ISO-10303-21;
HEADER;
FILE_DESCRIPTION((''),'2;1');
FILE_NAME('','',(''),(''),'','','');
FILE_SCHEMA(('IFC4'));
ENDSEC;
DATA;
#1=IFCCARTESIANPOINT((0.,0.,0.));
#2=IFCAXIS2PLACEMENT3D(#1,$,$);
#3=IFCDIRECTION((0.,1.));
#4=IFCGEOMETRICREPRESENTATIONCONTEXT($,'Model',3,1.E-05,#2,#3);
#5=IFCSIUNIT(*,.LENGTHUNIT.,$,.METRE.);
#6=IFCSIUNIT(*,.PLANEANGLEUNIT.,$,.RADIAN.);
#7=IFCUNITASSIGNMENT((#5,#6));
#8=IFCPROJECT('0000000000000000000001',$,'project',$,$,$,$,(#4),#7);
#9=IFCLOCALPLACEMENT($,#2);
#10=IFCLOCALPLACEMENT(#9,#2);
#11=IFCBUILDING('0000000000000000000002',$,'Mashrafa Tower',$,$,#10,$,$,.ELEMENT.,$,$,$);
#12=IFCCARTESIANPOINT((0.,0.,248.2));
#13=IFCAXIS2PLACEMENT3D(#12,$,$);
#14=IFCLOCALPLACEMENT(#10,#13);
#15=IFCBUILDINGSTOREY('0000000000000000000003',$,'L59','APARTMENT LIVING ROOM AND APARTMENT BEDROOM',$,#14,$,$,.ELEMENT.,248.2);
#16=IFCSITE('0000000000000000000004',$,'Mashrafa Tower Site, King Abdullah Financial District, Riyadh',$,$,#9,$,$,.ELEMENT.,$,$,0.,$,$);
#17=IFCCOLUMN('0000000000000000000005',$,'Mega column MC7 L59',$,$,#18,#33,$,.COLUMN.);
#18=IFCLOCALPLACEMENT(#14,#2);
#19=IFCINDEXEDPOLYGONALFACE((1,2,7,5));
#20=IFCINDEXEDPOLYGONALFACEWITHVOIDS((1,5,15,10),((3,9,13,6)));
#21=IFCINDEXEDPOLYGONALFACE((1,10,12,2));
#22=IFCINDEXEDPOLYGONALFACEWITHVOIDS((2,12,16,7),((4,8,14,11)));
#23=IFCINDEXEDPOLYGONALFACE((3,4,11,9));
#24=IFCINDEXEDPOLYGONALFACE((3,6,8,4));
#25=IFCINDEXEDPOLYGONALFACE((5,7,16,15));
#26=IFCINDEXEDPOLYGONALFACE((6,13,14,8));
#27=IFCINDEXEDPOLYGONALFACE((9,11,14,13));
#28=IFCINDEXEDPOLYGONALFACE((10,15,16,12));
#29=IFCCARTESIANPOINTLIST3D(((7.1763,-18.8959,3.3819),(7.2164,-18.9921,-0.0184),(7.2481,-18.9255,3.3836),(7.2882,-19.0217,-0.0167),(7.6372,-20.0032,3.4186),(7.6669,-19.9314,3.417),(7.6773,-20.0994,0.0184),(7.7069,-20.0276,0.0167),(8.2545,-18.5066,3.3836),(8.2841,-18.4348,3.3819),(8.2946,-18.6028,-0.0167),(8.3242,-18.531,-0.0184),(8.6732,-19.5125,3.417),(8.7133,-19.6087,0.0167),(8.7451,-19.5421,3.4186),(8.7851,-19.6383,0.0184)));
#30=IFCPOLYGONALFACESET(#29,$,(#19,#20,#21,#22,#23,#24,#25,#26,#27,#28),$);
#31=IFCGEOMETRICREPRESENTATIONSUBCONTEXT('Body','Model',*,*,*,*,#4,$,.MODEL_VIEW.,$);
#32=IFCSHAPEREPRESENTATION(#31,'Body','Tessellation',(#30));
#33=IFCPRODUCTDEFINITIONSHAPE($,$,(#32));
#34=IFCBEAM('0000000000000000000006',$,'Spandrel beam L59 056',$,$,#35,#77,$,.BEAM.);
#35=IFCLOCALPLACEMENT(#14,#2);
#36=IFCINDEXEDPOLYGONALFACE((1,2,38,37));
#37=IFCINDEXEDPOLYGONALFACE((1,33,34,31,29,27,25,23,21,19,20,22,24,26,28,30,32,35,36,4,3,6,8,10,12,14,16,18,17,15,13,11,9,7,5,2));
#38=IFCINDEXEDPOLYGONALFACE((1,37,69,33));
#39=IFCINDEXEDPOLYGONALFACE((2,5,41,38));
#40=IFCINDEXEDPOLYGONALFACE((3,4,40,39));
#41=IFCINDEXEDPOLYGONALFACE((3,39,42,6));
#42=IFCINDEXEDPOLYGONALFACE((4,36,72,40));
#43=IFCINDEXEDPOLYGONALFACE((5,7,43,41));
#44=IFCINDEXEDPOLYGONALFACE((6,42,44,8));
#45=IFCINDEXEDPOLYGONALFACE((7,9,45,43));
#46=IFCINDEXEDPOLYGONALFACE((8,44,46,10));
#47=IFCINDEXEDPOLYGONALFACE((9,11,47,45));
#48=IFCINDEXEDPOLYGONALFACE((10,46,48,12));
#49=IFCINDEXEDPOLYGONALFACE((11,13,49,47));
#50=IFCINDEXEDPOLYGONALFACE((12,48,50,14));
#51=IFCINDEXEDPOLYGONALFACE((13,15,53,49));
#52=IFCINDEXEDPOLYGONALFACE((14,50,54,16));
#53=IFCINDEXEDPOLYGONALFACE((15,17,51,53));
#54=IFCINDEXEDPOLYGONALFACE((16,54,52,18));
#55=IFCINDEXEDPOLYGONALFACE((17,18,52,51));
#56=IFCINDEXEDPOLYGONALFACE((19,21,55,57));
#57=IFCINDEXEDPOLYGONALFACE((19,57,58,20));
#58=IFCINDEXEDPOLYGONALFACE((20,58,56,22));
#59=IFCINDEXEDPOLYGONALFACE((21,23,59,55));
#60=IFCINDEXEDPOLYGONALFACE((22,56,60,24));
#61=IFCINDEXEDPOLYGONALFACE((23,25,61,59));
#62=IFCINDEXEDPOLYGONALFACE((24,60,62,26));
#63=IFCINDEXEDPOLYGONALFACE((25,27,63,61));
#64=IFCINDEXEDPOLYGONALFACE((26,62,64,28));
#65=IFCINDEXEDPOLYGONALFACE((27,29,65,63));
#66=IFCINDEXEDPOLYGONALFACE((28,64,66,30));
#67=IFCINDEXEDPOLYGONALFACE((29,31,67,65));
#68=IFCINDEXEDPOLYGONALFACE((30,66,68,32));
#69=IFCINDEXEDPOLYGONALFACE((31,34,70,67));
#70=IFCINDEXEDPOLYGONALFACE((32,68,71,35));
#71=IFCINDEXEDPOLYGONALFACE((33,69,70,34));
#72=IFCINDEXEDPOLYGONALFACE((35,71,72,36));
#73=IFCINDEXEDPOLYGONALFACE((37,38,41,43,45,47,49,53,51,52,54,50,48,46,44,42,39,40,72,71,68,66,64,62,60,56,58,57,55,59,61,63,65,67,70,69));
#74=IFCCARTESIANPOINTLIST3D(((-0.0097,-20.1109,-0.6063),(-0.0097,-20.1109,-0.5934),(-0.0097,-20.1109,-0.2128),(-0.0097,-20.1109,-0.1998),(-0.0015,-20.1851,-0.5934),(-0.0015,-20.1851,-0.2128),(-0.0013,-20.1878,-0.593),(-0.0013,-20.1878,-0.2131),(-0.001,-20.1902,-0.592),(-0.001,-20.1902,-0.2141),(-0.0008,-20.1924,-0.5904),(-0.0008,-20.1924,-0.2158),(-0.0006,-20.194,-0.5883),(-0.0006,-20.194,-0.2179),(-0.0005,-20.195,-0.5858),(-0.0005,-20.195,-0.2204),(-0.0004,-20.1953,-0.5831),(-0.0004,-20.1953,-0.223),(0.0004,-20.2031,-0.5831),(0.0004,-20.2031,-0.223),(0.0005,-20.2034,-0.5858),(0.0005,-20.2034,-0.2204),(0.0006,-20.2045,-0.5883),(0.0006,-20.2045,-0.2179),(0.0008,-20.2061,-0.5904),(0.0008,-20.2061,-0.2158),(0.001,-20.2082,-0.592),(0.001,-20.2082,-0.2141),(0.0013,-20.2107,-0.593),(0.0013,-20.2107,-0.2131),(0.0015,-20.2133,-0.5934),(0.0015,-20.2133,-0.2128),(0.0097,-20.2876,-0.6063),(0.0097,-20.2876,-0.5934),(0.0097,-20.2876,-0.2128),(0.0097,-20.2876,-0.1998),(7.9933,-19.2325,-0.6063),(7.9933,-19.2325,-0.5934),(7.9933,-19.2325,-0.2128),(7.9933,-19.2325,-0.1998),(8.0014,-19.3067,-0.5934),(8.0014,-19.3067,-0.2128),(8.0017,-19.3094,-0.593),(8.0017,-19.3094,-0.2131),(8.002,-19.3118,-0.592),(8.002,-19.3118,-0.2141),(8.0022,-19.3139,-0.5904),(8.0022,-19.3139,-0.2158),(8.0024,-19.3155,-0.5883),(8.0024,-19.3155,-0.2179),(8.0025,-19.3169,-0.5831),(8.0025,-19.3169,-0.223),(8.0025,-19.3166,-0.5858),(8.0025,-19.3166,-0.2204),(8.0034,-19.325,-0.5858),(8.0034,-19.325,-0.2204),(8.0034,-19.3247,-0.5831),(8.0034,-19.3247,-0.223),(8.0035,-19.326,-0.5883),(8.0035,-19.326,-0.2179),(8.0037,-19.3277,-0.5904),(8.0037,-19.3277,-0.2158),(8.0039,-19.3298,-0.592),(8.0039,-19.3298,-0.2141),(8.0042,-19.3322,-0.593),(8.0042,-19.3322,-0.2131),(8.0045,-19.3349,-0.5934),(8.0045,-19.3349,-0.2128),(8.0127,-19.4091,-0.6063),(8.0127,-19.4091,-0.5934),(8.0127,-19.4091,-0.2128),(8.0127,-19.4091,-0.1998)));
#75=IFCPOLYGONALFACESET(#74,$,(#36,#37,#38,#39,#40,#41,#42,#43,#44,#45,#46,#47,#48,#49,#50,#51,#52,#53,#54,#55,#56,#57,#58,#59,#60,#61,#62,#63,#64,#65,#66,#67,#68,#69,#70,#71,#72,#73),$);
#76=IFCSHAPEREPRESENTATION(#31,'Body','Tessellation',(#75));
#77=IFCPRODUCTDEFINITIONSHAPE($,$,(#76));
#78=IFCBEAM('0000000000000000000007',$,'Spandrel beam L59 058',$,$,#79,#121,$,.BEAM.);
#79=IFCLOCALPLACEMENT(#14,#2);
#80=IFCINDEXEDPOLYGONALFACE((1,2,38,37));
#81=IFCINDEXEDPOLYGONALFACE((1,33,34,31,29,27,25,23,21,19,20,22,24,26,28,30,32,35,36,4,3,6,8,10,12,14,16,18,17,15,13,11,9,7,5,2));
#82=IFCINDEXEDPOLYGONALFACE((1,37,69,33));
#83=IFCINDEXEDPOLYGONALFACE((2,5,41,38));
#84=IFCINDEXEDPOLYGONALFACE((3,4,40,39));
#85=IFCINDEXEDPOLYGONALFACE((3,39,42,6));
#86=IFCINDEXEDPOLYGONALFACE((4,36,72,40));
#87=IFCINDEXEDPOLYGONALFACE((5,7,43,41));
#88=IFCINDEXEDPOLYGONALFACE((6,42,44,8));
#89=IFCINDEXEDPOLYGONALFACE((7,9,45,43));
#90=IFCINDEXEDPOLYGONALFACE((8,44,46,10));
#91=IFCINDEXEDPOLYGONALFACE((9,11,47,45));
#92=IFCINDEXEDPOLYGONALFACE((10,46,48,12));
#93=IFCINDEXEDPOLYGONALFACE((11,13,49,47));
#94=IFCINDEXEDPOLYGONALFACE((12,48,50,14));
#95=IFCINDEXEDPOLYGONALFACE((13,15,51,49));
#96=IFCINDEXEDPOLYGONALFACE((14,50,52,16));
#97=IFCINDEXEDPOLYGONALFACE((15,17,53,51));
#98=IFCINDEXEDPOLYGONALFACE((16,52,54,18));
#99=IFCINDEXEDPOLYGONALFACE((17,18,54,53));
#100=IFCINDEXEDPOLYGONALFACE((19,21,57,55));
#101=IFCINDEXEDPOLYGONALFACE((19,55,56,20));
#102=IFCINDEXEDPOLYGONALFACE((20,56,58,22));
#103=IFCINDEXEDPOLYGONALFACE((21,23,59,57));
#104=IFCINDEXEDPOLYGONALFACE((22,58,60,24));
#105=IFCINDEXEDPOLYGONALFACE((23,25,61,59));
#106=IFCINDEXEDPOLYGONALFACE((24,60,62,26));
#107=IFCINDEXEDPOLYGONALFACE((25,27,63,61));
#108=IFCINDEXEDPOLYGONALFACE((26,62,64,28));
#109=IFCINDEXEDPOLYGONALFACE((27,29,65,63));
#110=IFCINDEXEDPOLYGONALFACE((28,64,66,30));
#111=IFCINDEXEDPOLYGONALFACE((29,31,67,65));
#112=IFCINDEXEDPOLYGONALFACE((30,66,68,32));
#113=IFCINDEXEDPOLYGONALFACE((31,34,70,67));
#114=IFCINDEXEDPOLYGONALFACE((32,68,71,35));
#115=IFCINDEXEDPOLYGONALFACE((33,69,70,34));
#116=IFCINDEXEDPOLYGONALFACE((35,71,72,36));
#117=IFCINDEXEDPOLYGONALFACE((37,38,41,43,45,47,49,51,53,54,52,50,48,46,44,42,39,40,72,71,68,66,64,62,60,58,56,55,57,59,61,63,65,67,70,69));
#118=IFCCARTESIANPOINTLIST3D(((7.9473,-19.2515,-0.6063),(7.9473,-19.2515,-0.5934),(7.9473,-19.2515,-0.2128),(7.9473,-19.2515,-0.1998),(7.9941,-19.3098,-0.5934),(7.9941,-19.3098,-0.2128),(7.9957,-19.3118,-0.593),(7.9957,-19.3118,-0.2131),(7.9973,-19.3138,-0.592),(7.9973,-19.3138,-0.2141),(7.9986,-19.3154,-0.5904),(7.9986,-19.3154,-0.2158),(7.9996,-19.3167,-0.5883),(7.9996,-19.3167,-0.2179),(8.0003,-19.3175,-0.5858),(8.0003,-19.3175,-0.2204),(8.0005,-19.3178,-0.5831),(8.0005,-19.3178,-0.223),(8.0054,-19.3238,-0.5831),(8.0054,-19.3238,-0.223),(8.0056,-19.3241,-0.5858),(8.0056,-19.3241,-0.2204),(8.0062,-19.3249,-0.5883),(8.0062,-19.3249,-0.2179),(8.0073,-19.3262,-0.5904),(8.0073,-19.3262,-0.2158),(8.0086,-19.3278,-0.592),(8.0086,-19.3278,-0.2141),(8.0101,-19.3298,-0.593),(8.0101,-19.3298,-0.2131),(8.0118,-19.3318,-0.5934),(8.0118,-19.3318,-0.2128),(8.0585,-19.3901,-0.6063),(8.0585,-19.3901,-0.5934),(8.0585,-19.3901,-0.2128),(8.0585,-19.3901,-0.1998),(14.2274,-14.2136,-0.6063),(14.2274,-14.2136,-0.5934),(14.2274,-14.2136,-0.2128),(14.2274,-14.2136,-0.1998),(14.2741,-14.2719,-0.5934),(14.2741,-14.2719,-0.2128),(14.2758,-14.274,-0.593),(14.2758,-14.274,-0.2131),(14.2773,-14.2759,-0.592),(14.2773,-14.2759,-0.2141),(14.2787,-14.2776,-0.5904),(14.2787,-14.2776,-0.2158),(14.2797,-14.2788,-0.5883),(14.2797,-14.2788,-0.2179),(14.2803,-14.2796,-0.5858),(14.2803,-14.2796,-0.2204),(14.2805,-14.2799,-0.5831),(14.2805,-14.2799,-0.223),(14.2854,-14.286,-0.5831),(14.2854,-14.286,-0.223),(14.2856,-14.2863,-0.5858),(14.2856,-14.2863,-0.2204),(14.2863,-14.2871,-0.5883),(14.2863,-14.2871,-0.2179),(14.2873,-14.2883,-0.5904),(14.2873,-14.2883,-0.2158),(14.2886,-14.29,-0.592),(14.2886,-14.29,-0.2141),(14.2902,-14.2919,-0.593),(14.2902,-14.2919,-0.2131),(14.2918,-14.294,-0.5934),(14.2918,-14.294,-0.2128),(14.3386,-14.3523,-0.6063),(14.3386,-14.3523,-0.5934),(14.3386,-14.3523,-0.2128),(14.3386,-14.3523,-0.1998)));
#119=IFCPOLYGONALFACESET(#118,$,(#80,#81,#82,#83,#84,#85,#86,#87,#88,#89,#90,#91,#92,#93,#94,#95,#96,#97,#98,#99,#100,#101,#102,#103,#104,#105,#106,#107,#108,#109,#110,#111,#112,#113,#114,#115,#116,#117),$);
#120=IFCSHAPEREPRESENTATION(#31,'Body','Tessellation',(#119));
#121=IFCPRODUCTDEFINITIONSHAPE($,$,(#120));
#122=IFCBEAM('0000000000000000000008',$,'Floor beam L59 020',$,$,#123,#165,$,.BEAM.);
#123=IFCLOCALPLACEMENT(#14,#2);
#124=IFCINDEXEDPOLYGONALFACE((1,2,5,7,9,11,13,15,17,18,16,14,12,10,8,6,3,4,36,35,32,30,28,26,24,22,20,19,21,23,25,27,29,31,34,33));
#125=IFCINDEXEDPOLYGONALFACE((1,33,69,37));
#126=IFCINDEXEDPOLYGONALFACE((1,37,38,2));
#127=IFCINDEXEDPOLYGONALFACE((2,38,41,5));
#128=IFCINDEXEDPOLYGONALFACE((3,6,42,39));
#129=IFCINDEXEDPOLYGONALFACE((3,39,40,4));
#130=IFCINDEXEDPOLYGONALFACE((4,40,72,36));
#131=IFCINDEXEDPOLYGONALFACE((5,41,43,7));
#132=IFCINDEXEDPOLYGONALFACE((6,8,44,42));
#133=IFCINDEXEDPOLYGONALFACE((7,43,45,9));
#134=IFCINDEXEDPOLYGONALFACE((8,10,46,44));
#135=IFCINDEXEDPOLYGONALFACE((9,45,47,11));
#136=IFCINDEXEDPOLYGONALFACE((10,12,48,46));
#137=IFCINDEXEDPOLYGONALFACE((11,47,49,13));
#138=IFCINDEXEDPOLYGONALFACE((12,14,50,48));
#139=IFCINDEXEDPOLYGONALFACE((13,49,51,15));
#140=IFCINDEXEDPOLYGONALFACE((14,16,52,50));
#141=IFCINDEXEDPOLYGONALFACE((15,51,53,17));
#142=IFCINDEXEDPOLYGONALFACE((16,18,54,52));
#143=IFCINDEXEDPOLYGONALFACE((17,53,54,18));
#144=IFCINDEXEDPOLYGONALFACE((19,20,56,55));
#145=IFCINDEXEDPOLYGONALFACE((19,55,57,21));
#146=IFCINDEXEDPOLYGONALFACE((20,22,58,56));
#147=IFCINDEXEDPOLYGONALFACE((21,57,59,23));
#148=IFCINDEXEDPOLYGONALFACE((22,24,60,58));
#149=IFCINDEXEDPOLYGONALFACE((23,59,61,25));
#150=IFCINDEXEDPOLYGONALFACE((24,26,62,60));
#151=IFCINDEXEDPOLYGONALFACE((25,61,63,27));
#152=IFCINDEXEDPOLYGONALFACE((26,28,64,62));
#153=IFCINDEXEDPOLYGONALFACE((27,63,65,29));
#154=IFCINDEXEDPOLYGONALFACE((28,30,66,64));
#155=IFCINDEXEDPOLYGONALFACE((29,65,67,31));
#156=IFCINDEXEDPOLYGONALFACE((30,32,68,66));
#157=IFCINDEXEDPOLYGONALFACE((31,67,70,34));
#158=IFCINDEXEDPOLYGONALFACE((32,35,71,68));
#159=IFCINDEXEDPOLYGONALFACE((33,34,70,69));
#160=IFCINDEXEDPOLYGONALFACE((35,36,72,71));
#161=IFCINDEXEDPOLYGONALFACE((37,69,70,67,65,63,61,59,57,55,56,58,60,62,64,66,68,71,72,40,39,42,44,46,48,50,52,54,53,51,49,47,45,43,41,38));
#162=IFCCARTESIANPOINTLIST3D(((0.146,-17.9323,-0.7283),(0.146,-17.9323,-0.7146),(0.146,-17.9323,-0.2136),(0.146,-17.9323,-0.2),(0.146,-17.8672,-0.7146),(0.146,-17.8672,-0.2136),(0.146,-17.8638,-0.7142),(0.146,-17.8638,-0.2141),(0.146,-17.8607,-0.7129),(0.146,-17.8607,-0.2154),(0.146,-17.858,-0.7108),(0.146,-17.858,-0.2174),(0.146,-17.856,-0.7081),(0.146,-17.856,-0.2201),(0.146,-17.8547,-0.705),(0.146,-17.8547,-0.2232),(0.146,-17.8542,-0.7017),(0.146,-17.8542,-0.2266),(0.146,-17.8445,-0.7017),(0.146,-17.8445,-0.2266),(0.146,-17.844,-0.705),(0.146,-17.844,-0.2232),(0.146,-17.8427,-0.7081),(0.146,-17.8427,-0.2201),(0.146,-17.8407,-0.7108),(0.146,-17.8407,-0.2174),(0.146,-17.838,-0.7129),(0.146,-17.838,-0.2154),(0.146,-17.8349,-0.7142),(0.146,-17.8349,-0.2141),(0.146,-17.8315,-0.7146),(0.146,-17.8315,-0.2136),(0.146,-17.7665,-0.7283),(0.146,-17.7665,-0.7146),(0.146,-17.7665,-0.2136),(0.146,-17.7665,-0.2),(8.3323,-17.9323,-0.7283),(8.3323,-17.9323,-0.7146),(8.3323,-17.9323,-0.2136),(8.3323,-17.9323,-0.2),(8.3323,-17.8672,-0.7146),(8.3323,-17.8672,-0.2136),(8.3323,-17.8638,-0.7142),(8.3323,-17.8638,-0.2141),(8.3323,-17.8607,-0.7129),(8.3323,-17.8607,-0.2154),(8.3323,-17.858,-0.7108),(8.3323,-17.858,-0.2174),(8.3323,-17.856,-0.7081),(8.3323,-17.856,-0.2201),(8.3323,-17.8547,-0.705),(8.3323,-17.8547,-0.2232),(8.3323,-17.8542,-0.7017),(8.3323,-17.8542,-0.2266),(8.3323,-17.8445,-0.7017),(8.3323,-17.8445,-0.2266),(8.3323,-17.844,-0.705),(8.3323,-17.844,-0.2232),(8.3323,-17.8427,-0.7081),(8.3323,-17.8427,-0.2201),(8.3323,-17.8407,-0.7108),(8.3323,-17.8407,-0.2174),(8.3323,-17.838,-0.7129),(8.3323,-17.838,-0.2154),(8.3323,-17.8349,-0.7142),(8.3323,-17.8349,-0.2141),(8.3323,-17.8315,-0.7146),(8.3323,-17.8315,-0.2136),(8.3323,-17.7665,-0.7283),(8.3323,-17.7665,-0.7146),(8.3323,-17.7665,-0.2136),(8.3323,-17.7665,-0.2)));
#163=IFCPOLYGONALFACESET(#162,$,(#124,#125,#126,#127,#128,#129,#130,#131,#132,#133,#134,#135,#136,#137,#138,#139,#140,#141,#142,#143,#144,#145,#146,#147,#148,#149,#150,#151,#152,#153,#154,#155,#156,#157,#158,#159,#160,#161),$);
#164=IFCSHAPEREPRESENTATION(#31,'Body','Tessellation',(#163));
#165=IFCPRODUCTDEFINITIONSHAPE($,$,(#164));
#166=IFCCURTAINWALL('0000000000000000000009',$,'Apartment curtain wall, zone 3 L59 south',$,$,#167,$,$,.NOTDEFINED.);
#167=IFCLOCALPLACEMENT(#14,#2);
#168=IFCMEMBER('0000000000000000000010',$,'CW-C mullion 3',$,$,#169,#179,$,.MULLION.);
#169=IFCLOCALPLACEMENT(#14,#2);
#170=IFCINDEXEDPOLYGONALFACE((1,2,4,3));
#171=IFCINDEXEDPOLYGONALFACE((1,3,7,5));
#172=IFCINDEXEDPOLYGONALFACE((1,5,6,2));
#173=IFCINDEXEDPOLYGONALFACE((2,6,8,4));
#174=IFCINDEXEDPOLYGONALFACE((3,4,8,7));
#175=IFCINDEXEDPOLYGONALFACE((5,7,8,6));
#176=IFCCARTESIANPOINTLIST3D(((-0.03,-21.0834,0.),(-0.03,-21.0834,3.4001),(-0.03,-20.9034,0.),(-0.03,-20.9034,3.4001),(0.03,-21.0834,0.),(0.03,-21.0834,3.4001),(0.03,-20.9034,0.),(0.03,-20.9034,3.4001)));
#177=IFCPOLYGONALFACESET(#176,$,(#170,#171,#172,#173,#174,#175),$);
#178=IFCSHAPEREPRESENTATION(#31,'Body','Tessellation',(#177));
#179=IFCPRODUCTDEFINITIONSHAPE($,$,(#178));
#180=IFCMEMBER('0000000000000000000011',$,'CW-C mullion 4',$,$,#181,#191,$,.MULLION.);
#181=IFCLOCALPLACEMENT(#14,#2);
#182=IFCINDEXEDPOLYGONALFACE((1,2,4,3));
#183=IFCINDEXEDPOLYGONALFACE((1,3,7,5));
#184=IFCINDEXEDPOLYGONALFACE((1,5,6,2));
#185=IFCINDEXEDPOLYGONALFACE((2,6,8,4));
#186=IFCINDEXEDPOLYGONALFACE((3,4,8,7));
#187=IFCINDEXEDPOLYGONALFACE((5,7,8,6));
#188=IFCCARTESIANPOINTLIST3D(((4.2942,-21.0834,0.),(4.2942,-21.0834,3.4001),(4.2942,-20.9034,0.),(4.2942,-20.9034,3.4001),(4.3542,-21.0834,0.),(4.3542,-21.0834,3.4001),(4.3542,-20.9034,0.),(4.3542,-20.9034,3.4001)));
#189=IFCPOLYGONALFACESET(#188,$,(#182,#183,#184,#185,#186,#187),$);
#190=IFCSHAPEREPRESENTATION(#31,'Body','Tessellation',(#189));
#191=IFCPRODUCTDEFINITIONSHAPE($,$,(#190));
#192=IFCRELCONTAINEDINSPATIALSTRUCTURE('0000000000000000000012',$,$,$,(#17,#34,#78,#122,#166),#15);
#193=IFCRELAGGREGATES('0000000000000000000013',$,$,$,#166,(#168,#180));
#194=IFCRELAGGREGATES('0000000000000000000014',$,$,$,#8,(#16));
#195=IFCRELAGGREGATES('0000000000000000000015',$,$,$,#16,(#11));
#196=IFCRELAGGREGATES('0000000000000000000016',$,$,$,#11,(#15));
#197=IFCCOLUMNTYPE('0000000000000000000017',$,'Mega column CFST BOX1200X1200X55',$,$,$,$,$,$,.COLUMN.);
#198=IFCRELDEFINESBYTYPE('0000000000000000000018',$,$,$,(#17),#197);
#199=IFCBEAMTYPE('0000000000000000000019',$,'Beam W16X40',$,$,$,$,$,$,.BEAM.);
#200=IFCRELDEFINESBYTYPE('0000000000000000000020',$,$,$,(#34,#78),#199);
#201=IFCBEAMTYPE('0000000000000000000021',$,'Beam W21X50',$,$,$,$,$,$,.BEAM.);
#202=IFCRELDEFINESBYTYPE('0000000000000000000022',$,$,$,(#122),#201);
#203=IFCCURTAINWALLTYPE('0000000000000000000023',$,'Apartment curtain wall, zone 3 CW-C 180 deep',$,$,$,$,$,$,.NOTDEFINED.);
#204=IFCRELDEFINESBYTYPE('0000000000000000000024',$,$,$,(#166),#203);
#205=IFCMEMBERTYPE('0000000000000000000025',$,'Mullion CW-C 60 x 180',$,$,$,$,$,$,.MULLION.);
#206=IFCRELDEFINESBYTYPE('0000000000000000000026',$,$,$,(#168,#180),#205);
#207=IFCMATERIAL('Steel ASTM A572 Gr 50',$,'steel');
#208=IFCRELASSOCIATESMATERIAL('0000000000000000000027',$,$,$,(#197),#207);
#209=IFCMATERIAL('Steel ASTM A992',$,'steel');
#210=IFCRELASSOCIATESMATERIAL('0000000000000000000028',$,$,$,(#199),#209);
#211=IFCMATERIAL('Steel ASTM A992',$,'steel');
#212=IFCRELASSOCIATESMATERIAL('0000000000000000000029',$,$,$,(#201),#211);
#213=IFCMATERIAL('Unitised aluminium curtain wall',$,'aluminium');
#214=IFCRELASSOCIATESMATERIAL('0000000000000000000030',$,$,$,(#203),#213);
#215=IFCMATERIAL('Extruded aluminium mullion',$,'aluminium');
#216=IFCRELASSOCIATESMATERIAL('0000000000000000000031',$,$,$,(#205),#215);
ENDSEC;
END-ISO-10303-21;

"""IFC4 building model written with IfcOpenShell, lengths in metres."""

from ifc_helpers import new_model, si_unit, direction, frame, origin, origin_2d, place, context, subcontext, project, spatial, rectangle, hollow_rectangle, i_section, extrude, source, transform, mapped, material, material_profile, profile_set, type_object, type_shapes, element, aggregate, save


model = new_model("IFC4")

# Units and contexts
model_context = context("Model", 3, precision=1e-05, world=origin(), true_north=direction((0.0, 1.0)))
body_context = subcontext(model_context, "Body", "Model", "MODEL_VIEW")
ifc_project = project(units=[si_unit("LENGTHUNIT", "METRE"), si_unit("PLANEANGLEUNIT", "RADIAN")], contexts=[model_context])

# Site, building, storey
site_placement = place(None, origin())
site = spatial("IfcSite", under=ifc_project, at=site_placement, Name="Mashrafa Tower Site, King Abdullah Financial District, Riyadh", CompositionType="ELEMENT", RefElevation=0.0)
building_placement = place(site_placement, origin())
building = spatial("IfcBuilding", under=site, at=building_placement, Name="Mashrafa Tower", CompositionType="ELEMENT")
storey_placement = place(building_placement, frame((0.0, 0.0, 248.2)))
storey = spatial("IfcBuildingStorey", under=building, at=storey_placement, Name="L59", Description="APARTMENT LIVING ROOM AND APARTMENT BEDROOM", CompositionType="ELEMENT", Elevation=248.2)

# Column
ifc_material_1 = material(Name="Steel ASTM A572 Gr 50", Category="steel")
ifc_material_profile_1 = material_profile(ifc_material_1, hollow_rectangle(XDim=1.2, YDim=1.2, WallThickness=0.0549, at=origin_2d()), Name="BOX1200X1200X55")
ifc_profile_set_1 = profile_set([ifc_material_profile_1], Name="Steel ASTM A572 Gr 50")
column_type = type_object("IfcColumnType", Name="Mega column CFST BOX1200X1200X55", PredefinedType="COLUMN", material=ifc_profile_set_1)
column_placement = place(storey_placement, frame((8.0007, -19.3152, 0.0), z_axis=(-0.01177, 0.028277, 0.999531), x_axis=(-0.923216, -0.384283, 0.0)))
element("IfcColumn", 1, at=column_placement, inside=storey, type_object=column_type, Name="Mega column MC7 L59", PredefinedType="COLUMN", context=body_context, shape_type="SweptSolid", body=[
    extrude(hollow_rectangle(XDim=1.2, YDim=1.2, WallThickness=0.0549, at=origin_2d()), origin(), (0.0, 0.0, 1.0), 3.4019),
])

# Beams
ifc_material_2 = material(Name="Steel ASTM A992", Category="steel")
ifc_material_profile_2 = material_profile(ifc_material_2, i_section(OverallWidth=0.1777, OverallDepth=0.4065, WebThickness=0.0078, FlangeThickness=0.0129, FilletRadius=0.0103, at=origin_2d()), Name="W16X40")
ifc_profile_set_2 = profile_set([ifc_material_profile_2], Name="Steel ASTM A992")
beam_type_1 = type_object("IfcBeamType", Name="Beam W16X40", PredefinedType="BEAM", material=ifc_profile_set_2)
for number, where, z_axis, x_axis, name in (
    (2, (0.0, -20.1992, -0.4031), (0.99403, 0.109107, 0.0), (-0.109107, 0.99403, 0.0), "Spandrel beam L59 056"),
    (3, (8.0029, -19.3208, -0.4031), (0.780031, 0.625741, 0.0), (-0.625741, 0.780031, 0.0), "Spandrel beam L59 058"),
):
    element("IfcBeam", number, at=place(storey_placement, frame(where, z_axis=z_axis, x_axis=x_axis)), inside=storey, type_object=beam_type_1, Name=name, PredefinedType="BEAM", context=body_context, shape_type="SweptSolid", body=[
        extrude(i_section(OverallWidth=0.1777, OverallDepth=0.4065, WebThickness=0.0078, FlangeThickness=0.0129, FilletRadius=0.0103, at=origin_2d()), origin(), (0.0, 0.0, 1.0), 8.051),
    ])
ifc_material_3 = material(Name="Steel ASTM A992", Category="steel")
ifc_material_profile_3 = material_profile(ifc_material_3, i_section(OverallWidth=0.1658, OverallDepth=0.5283, WebThickness=0.0098, FlangeThickness=0.0137, FilletRadius=0.0129, at=origin_2d()), Name="W21X50")
ifc_profile_set_3 = profile_set([ifc_material_profile_3], Name="Steel ASTM A992")
beam_type_2 = type_object("IfcBeamType", Name="Beam W21X50", PredefinedType="BEAM", material=ifc_profile_set_3)
beam_placement = place(storey_placement, frame((8.3323, -17.8494, -0.4641), z_axis=(-1.0, 0.0, 0.0), x_axis=(0.0, -1.0, 0.0)))
element("IfcBeam", 4, at=beam_placement, inside=storey, type_object=beam_type_2, Name="Floor beam L59 020", PredefinedType="BEAM", context=body_context, shape_type="SweptSolid", body=[
    extrude(i_section(OverallWidth=0.1658, OverallDepth=0.5283, WebThickness=0.0098, FlangeThickness=0.0137, FilletRadius=0.0129, at=origin_2d()), origin(), (0.0, 0.0, 1.0), 8.1863),
])

# Curtain wall, members
ifc_material_4 = material(Name="Unitised aluminium curtain wall", Category="aluminium")
curtain_wall_type = type_object("IfcCurtainWallType", Name="Apartment curtain wall, zone 3 CW-C 180 deep", PredefinedType="NOTDEFINED", material=ifc_material_4)
curtain_wall_1_placement = place(storey_placement, origin())
curtain_wall_1 = element("IfcCurtainWall", 5, at=curtain_wall_1_placement, inside=storey, type_object=curtain_wall_type, Name="Apartment curtain wall, zone 3 L59 south", PredefinedType="NOTDEFINED")
ifc_material_5 = material(Name="Extruded aluminium mullion", Category="aluminium")
ifc_material_profile_4 = material_profile(ifc_material_5, rectangle(XDim=0.1799, YDim=0.0601, at=origin_2d()), Name="Mullion 60x180")
ifc_profile_set_4 = profile_set([ifc_material_profile_4], Name="Extruded aluminium mullion")
member_type_1 = type_object("IfcMemberType", Name="Mullion CW-C 60 x 180", PredefinedType="MULLION", material=ifc_profile_set_4)
shared_shape_1 = source(origin(), body_context, "Body", "SweptSolid", [
    extrude(rectangle(XDim=0.1799, YDim=0.0601, at=origin_2d()), origin(), (0.0, 0.0, 1.0), 3.4001),
])
type_shapes(member_type_1, [shared_shape_1])
member_1_placement = place(storey_placement, frame((0.0, -20.9934, 0.0), z_axis=(0.0, 0.0, 1.0), x_axis=(0.0, 1.0, 0.0)))
member_1 = element("IfcMember", 6, at=member_1_placement, type_object=member_type_1, Name="CW-C mullion 3", PredefinedType="MULLION", context=body_context, shape_type="MappedRepresentation", body=[
    mapped(shared_shape_1, transform((0.0, 0.0, 0.0))),
])
member_2_placement = place(storey_placement, frame((4.3242, -20.9934, 0.0), z_axis=(0.0, 0.0, 1.0), x_axis=(0.0, 1.0, 0.0)))
member_2 = element("IfcMember", 7, at=member_2_placement, type_object=member_type_1, Name="CW-C mullion 4", PredefinedType="MULLION", context=body_context, shape_type="MappedRepresentation", body=[
    mapped(shared_shape_1, transform((0.0, 0.0, 0.0))),
])

aggregate(curtain_wall_1, [member_1, member_2])

save(model, "model.ifc")
